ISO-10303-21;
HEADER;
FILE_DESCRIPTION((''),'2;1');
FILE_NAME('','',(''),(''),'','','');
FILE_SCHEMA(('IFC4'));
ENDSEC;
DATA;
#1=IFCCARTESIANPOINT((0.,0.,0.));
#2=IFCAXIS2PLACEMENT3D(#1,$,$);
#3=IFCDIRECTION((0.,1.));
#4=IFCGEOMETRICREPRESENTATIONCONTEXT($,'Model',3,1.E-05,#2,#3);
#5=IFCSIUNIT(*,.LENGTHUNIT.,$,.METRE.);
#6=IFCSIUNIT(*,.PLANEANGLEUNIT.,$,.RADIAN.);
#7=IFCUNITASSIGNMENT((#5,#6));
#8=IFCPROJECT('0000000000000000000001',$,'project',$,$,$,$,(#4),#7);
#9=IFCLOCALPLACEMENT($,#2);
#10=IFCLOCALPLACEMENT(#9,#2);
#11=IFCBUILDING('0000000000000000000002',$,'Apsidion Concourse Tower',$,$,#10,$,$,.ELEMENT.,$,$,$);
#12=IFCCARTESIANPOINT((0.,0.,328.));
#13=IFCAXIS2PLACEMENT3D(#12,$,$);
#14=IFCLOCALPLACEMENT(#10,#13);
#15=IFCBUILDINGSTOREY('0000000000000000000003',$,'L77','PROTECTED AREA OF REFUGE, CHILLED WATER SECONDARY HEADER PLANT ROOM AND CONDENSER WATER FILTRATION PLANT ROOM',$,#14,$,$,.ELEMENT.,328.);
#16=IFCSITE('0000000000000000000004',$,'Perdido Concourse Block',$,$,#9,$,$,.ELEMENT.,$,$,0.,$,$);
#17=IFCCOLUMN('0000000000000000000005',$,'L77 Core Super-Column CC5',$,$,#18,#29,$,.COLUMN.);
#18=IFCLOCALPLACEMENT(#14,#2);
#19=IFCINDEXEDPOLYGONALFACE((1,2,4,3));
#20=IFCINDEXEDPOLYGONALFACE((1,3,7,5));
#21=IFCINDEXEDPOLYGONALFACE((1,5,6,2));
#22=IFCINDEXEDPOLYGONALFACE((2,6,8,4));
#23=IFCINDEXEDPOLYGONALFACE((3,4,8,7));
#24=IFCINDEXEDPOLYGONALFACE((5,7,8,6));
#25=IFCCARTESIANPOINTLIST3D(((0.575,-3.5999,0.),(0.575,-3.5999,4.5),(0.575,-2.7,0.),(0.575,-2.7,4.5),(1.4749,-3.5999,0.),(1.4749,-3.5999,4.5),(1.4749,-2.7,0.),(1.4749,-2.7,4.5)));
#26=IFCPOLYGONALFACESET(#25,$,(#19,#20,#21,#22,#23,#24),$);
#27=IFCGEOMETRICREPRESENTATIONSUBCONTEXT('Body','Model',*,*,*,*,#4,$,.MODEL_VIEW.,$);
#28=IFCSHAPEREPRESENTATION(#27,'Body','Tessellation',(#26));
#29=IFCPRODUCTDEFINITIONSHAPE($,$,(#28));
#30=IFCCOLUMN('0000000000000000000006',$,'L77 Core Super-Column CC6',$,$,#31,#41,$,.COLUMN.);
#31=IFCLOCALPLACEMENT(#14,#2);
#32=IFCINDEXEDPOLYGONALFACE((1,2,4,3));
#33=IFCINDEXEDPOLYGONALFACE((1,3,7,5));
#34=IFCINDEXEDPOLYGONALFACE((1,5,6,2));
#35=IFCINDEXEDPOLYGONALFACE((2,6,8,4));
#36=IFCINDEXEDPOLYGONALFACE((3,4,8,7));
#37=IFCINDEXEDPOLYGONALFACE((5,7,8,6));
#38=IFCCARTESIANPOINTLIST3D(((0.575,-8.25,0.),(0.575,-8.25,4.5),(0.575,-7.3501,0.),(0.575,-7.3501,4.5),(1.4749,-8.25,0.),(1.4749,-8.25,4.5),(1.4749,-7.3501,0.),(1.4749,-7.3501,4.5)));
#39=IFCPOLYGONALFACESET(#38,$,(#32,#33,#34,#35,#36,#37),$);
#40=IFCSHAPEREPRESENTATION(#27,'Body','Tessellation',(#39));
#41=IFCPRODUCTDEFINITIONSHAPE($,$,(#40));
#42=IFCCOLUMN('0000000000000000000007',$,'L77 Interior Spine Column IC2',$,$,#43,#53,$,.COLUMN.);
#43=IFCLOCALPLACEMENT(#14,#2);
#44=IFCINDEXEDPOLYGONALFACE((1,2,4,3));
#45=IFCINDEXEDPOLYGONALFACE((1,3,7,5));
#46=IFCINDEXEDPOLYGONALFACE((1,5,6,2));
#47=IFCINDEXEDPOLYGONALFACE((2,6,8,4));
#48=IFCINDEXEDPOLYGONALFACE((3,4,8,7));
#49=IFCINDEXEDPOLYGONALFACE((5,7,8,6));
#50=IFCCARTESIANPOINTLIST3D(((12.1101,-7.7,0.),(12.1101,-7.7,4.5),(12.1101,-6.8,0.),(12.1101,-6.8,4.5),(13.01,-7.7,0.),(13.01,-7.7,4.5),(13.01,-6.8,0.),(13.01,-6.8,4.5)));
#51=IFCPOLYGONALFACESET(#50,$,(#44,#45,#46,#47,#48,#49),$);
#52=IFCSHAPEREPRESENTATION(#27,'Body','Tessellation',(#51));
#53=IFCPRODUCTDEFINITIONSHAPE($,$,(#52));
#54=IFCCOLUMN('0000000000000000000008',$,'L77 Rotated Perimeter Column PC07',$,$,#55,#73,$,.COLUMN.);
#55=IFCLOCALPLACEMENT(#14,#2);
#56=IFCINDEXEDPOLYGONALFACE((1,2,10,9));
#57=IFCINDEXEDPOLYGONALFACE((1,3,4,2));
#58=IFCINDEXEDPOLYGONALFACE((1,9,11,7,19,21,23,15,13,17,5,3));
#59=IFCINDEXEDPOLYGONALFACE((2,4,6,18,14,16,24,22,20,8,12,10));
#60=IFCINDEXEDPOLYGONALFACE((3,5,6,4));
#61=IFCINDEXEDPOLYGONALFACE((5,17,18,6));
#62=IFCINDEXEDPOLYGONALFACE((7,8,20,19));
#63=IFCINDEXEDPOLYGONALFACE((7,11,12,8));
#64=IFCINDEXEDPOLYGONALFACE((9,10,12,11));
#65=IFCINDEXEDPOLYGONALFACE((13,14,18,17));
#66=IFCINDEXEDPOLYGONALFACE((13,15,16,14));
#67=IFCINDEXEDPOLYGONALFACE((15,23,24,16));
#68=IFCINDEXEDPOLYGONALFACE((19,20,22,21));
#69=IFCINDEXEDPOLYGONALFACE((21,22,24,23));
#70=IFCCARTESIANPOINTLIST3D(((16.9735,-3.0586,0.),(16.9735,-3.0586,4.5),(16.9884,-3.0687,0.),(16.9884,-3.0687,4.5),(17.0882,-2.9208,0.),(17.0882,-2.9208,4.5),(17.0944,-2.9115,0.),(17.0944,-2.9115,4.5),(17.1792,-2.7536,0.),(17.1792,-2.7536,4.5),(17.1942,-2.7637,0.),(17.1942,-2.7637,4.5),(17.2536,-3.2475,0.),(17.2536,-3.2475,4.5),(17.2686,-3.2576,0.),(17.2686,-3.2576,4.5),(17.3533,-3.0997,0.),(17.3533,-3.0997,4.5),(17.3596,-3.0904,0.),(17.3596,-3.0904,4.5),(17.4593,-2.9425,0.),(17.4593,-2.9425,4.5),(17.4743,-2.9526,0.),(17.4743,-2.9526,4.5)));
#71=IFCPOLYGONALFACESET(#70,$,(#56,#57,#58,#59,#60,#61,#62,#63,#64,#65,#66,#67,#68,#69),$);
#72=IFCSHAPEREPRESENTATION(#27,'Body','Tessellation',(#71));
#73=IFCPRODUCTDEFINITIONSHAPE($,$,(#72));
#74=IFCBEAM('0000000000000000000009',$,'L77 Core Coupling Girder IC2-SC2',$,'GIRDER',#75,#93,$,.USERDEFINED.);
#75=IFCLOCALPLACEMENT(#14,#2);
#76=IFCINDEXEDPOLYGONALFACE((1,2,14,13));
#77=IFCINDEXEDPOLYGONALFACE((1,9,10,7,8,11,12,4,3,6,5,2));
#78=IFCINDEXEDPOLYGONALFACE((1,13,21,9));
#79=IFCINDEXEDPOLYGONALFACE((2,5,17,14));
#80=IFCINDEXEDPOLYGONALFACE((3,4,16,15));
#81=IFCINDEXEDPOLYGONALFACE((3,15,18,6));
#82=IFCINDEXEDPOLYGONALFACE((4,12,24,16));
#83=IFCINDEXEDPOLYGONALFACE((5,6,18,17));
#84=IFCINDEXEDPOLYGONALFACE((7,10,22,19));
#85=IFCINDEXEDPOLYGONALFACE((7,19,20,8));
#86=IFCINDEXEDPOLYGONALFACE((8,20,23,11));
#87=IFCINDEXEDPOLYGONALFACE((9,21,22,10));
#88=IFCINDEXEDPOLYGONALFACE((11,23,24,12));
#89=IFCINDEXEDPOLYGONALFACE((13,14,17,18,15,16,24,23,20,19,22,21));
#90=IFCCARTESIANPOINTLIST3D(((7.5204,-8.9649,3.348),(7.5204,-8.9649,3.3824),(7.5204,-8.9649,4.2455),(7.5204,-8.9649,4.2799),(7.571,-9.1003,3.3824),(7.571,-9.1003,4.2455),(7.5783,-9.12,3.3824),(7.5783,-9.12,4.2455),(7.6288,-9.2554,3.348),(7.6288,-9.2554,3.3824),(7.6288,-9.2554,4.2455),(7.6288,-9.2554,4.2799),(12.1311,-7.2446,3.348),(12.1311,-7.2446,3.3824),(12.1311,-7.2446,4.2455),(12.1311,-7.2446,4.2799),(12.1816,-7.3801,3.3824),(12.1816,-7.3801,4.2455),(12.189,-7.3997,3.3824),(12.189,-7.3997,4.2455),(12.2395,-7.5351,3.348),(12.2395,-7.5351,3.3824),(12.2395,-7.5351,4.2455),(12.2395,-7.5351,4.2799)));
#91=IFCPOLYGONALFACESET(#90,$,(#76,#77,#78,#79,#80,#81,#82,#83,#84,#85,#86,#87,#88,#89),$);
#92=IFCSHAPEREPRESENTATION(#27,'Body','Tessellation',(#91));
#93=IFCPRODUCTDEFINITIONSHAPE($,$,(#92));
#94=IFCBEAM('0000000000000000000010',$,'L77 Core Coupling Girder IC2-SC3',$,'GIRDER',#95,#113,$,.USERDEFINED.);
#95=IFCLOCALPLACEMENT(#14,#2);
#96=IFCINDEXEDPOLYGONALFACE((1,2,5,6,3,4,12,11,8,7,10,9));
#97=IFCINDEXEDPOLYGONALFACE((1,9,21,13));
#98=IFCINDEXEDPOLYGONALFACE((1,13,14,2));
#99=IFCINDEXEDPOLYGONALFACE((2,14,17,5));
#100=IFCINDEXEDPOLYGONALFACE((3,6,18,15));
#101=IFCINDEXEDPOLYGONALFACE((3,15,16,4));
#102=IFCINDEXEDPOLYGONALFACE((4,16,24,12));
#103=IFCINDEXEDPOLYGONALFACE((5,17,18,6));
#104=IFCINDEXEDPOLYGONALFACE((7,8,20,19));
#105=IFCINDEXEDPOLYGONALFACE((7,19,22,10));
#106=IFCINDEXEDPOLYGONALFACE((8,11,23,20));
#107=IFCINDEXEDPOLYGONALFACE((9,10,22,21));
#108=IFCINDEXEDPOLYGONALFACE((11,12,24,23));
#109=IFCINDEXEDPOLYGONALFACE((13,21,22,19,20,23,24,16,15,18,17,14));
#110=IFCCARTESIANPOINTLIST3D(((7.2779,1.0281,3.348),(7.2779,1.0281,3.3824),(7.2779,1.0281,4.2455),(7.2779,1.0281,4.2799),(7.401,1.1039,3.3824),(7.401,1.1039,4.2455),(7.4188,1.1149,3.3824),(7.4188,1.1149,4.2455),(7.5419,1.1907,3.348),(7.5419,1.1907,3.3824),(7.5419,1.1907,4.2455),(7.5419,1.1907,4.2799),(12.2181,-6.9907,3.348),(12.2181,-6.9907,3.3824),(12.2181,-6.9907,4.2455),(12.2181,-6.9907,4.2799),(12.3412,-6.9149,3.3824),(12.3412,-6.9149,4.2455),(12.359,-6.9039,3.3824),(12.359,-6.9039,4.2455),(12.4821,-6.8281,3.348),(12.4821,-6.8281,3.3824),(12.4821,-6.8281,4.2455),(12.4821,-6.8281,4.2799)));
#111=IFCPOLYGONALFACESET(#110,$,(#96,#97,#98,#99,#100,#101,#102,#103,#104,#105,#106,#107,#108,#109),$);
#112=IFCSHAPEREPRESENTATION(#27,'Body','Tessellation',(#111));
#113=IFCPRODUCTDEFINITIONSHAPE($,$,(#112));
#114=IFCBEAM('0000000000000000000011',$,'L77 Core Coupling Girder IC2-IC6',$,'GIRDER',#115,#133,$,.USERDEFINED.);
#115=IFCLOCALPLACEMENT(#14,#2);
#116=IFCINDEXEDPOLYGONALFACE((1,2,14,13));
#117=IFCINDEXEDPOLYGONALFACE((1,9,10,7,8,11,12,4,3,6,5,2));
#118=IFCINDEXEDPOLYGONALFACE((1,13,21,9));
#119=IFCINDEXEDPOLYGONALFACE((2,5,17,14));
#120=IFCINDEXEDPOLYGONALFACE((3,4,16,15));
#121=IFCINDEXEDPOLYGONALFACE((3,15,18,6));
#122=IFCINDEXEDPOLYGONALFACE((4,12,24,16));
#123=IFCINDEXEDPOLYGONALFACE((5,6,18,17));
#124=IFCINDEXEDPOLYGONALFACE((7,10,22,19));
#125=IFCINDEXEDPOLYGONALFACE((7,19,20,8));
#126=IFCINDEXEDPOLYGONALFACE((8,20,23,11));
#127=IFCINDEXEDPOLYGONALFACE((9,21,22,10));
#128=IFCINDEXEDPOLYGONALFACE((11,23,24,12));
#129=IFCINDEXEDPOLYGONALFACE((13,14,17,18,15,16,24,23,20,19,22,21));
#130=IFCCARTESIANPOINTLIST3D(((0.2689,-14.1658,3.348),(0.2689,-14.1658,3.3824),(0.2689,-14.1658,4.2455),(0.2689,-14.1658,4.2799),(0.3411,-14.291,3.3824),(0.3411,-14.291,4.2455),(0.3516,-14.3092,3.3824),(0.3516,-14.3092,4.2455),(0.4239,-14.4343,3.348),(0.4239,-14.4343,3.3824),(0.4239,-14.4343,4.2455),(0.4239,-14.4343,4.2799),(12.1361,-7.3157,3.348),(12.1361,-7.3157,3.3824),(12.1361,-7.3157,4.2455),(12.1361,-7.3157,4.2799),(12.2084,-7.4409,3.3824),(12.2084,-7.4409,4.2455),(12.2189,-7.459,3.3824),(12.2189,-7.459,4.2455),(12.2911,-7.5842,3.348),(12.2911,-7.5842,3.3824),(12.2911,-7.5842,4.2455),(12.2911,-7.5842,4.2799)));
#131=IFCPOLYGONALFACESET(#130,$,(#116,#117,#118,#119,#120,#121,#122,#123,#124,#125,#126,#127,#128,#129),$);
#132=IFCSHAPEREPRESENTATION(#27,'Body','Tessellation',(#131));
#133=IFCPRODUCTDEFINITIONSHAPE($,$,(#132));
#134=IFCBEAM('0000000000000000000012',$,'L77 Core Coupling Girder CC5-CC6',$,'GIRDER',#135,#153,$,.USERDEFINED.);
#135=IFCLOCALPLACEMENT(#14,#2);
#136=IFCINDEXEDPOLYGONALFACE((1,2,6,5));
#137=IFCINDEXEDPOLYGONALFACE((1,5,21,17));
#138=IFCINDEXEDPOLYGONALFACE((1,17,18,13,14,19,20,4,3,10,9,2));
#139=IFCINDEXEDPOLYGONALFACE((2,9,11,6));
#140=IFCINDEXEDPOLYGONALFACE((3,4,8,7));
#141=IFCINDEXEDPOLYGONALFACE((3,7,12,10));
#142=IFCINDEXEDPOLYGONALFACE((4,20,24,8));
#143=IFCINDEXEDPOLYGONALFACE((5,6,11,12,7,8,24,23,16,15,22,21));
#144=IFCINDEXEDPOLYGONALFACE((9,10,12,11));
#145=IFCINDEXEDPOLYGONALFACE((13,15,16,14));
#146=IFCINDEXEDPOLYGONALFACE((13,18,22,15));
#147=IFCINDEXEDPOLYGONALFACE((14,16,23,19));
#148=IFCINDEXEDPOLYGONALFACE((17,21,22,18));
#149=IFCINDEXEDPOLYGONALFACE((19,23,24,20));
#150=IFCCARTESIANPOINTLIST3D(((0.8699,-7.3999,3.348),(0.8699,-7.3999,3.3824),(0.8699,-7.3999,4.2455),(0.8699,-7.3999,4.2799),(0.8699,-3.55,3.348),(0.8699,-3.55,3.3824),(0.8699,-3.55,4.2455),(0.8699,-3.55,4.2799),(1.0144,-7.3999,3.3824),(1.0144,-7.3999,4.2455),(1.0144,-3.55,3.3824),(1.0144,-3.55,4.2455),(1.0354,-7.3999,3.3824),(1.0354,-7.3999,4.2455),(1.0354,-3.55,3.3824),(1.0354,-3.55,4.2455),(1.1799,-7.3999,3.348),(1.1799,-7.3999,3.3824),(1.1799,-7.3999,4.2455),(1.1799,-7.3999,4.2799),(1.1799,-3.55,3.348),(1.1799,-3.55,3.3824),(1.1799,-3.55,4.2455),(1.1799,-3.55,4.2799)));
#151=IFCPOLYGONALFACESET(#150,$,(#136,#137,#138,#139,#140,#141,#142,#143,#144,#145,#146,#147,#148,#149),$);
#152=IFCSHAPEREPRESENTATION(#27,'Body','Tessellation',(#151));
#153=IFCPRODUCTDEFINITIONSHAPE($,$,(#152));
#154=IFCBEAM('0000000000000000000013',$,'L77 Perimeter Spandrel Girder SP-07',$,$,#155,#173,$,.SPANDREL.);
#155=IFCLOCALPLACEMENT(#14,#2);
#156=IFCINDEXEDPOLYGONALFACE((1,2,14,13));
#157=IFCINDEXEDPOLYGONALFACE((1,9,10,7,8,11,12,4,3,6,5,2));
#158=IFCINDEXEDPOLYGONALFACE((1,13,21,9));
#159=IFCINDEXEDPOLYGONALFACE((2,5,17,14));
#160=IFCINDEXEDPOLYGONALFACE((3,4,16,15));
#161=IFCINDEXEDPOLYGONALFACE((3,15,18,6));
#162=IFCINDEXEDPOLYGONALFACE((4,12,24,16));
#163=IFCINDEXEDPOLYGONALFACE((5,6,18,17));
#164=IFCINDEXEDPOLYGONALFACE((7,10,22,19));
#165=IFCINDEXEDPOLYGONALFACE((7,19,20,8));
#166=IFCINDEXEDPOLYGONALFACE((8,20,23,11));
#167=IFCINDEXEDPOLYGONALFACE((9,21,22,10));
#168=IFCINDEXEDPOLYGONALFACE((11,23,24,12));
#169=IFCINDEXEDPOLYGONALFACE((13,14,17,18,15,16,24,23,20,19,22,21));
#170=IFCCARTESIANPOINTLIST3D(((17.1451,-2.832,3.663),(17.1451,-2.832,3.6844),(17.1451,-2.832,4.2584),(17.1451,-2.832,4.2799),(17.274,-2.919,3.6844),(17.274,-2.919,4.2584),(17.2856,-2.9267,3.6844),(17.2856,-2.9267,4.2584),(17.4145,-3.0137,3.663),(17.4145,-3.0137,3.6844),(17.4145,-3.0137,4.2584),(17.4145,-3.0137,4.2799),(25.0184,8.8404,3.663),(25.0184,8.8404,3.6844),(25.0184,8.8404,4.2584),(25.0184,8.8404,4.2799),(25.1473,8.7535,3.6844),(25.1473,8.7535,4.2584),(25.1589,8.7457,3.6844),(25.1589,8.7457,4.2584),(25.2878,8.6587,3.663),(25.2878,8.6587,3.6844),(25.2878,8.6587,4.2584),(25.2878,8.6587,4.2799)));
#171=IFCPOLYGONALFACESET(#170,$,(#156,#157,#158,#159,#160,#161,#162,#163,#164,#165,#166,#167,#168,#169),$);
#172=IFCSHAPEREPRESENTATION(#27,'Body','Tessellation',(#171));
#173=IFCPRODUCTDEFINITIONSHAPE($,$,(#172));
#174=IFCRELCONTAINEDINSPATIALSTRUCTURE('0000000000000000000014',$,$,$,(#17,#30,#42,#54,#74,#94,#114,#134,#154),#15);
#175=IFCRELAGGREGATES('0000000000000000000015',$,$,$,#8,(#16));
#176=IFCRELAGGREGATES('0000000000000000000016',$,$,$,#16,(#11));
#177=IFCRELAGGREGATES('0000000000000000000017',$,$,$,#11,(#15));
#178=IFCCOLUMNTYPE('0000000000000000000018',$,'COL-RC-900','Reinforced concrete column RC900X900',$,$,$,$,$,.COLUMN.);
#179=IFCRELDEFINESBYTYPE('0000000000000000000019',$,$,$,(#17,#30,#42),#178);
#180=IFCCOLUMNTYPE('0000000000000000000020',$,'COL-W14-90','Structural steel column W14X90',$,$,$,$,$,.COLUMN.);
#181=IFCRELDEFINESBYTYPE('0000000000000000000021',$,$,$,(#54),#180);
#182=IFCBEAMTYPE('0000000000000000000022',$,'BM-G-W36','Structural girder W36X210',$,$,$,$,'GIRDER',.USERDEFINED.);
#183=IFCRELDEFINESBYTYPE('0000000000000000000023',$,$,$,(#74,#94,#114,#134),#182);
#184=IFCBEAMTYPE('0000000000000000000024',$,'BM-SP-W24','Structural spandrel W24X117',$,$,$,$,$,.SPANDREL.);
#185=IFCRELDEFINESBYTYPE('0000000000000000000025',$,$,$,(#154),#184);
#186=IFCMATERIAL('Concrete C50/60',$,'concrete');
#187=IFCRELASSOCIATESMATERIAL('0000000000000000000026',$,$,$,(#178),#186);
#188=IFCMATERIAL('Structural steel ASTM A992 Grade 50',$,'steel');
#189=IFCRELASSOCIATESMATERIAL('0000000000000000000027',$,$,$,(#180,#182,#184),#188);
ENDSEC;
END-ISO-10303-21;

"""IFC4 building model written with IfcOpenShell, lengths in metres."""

from ifc_helpers import new_model, si_unit, direction, frame, origin, origin_2d, place, context, subcontext, project, spatial, rectangle, i_section, extrude, material, material_profile, profile_set, type_object, element, save


model = new_model("IFC4")

# Units and contexts
model_context = context("Model", 3, precision=1e-05, world=origin(), true_north=direction((0.0, 1.0)))
body_context = subcontext(model_context, "Body", "Model", "MODEL_VIEW")
ifc_project = project(units=[si_unit("LENGTHUNIT", "METRE"), si_unit("PLANEANGLEUNIT", "RADIAN")], contexts=[model_context])

# Site, building, storey
site_placement = place(None, origin())
site = spatial("IfcSite", under=ifc_project, at=site_placement, Name="Perdido Concourse Block", CompositionType="ELEMENT", RefElevation=0.0)
building_placement = place(site_placement, origin())
building = spatial("IfcBuilding", under=site, at=building_placement, Name="Apsidion Concourse Tower", CompositionType="ELEMENT")
storey_placement = place(building_placement, frame((0.0, 0.0, 328.0)))
storey = spatial("IfcBuildingStorey", under=building, at=storey_placement, Name="L77", Description="PROTECTED AREA OF REFUGE, CHILLED WATER SECONDARY HEADER PLANT ROOM AND CONDENSER WATER FILTRATION PLANT ROOM", CompositionType="ELEMENT", Elevation=328.0)

# Columns
ifc_material_1 = material(Name="Concrete C50/60", Category="concrete")
ifc_material_profile_1 = material_profile(ifc_material_1, rectangle(XDim=0.8999, YDim=0.8999, at=origin_2d()), Name="RC 900x900")
ifc_profile_set_1 = profile_set([ifc_material_profile_1], Name="Concrete C50/60")
column_type_1 = type_object("IfcColumnType", Name="COL-RC-900", Description="Reinforced concrete column RC900X900", PredefinedType="COLUMN", material=ifc_profile_set_1)
for number, where, z_axis, x_axis, name in (
    (1, (1.0249, -3.1499, 0.0), (0.0, 0.0, 1.0), (1.0, 0.0, 0.0), "L77 Core Super-Column CC5"),
    (2, (1.0249, -7.8, 0.0), (0.0, 0.0, 1.0), (1.0, 0.0, 0.0), "L77 Core Super-Column CC6"),
    (3, (12.5601, -7.25, 0.0), (0.0, 0.0, 1.0), (1.0, 0.0, 0.0), "L77 Interior Spine Column IC2"),
):
    element("IfcColumn", number, at=place(storey_placement, frame(where, z_axis=z_axis, x_axis=x_axis)), inside=storey, type_object=column_type_1, Name=name, PredefinedType="COLUMN", context=body_context, shape_type="SweptSolid", body=[
        extrude(rectangle(XDim=0.8999, YDim=0.8999, at=origin_2d()), origin(), (0.0, 0.0, 1.0), 4.5),
    ])
ifc_material_2 = material(Name="Structural steel ASTM A992 Grade 50", Category="steel")
ifc_material_profile_2 = material_profile(ifc_material_2, i_section(OverallWidth=0.3679, OverallDepth=0.356, WebThickness=0.0112, FlangeThickness=0.0181, at=origin_2d()), Name="W14X90")
ifc_profile_set_2 = profile_set([ifc_material_profile_2], Name="Structural steel ASTM A992 Grade 50")
column_type_2 = type_object("IfcColumnType", Name="COL-W14-90", Description="Structural steel column W14X90", PredefinedType="COLUMN", material=ifc_profile_set_2)
column_placement = place(storey_placement, frame((17.2239, -3.0056, 0.0), z_axis=(0.0, 0.0, 1.0), x_axis=(0.559193, 0.829038, 0.0)))
element("IfcColumn", 4, at=column_placement, inside=storey, type_object=column_type_2, Name="L77 Rotated Perimeter Column PC07", PredefinedType="COLUMN", context=body_context, shape_type="SweptSolid", body=[
    extrude(i_section(OverallWidth=0.3679, OverallDepth=0.356, WebThickness=0.0112, FlangeThickness=0.0181, at=origin_2d()), origin(), (0.0, 0.0, 1.0), 4.5),
])

# Beams
ifc_material_profile_3 = material_profile(ifc_material_2, i_section(OverallWidth=0.3101, OverallDepth=0.9319, WebThickness=0.021, FlangeThickness=0.0344, at=origin_2d()), Name="W36X210")
ifc_profile_set_3 = profile_set([ifc_material_profile_3], Name="Structural steel ASTM A992 Grade 50")
beam_type_1 = type_object("IfcBeamType", Name="BM-G-W36", Description="Structural girder W36X210", ElementType="GIRDER", PredefinedType="USERDEFINED", material=ifc_profile_set_3)
beam_1_placement = place(storey_placement, frame((12.1853, -7.3899, 3.814), z_axis=(-0.936913, -0.349563, 0.0), x_axis=(0.349563, -0.936913, 0.0)))
element("IfcBeam", 5, at=beam_1_placement, inside=storey, type_object=beam_type_1, Name="L77 Core Coupling Girder IC2-SC2", ObjectType="GIRDER", PredefinedType="USERDEFINED", context=body_context, shape_type="SweptSolid", body=[
    extrude(i_section(OverallWidth=0.3101, OverallDepth=0.9319, WebThickness=0.021, FlangeThickness=0.0344, at=origin_2d()), origin(), (0.0, 0.0, 1.0), 4.9211),
])
beam_2_placement = place(storey_placement, frame((12.3501, -6.9094, 3.814), z_axis=(-0.524524, 0.851396, 0.0), x_axis=(-0.851396, -0.524524, 0.0)))
element("IfcBeam", 6, at=beam_2_placement, inside=storey, type_object=beam_type_1, Name="L77 Core Coupling Girder IC2-SC3", ObjectType="GIRDER", PredefinedType="USERDEFINED", context=body_context, shape_type="SweptSolid", body=[
    extrude(i_section(OverallWidth=0.3101, OverallDepth=0.9319, WebThickness=0.021, FlangeThickness=0.0344, at=origin_2d()), origin(), (0.0, 0.0, 1.0), 9.4185),
])
beam_3_placement = place(storey_placement, frame((12.2136, -7.45, 3.814), z_axis=(-0.86607, -0.499922, 0.0), x_axis=(0.499922, -0.86607, 0.0)))
element("IfcBeam", 7, at=beam_3_placement, inside=storey, type_object=beam_type_1, Name="L77 Core Coupling Girder IC2-IC6", ObjectType="GIRDER", PredefinedType="USERDEFINED", context=body_context, shape_type="SweptSolid", body=[
    extrude(i_section(OverallWidth=0.3101, OverallDepth=0.9319, WebThickness=0.021, FlangeThickness=0.0344, at=origin_2d()), origin(), (0.0, 0.0, 1.0), 13.7024),
])
beam_4_placement = place(storey_placement, frame((1.0249, -3.55, 3.814), z_axis=(0.0, -1.0, 0.0), x_axis=(1.0, 0.0, 0.0)))
element("IfcBeam", 8, at=beam_4_placement, inside=storey, type_object=beam_type_1, Name="L77 Core Coupling Girder CC5-CC6", ObjectType="GIRDER", PredefinedType="USERDEFINED", context=body_context, shape_type="SweptSolid", body=[
    extrude(i_section(OverallWidth=0.3101, OverallDepth=0.9319, WebThickness=0.021, FlangeThickness=0.0344, at=origin_2d()), origin(), (0.0, 0.0, 1.0), 3.8499),
])
ifc_material_profile_4 = material_profile(ifc_material_2, i_section(OverallWidth=0.325, OverallDepth=0.6169, WebThickness=0.0139, FlangeThickness=0.0215, at=origin_2d()), Name="W24X117")
ifc_profile_set_4 = profile_set([ifc_material_profile_4], Name="Structural steel ASTM A992 Grade 50")
beam_type_2 = type_object("IfcBeamType", Name="BM-SP-W24", Description="Structural spandrel W24X117", PredefinedType="SPANDREL", material=ifc_profile_set_4)
beam_5_placement = place(storey_placement, frame((17.2798, -2.9229, 3.9714), z_axis=(0.559202, 0.829032, 0.0), x_axis=(-0.829032, 0.559202, 0.0)))
element("IfcBeam", 9, at=beam_5_placement, inside=storey, type_object=beam_type_2, Name="L77 Perimeter Spandrel Girder SP-07", PredefinedType="SPANDREL", context=body_context, shape_type="SweptSolid", body=[
    extrude(i_section(OverallWidth=0.325, OverallDepth=0.6169, WebThickness=0.0139, FlangeThickness=0.0215, at=origin_2d()), origin(), (0.0, 0.0, 1.0), 14.0796),
])

save(model, "model.ifc")
